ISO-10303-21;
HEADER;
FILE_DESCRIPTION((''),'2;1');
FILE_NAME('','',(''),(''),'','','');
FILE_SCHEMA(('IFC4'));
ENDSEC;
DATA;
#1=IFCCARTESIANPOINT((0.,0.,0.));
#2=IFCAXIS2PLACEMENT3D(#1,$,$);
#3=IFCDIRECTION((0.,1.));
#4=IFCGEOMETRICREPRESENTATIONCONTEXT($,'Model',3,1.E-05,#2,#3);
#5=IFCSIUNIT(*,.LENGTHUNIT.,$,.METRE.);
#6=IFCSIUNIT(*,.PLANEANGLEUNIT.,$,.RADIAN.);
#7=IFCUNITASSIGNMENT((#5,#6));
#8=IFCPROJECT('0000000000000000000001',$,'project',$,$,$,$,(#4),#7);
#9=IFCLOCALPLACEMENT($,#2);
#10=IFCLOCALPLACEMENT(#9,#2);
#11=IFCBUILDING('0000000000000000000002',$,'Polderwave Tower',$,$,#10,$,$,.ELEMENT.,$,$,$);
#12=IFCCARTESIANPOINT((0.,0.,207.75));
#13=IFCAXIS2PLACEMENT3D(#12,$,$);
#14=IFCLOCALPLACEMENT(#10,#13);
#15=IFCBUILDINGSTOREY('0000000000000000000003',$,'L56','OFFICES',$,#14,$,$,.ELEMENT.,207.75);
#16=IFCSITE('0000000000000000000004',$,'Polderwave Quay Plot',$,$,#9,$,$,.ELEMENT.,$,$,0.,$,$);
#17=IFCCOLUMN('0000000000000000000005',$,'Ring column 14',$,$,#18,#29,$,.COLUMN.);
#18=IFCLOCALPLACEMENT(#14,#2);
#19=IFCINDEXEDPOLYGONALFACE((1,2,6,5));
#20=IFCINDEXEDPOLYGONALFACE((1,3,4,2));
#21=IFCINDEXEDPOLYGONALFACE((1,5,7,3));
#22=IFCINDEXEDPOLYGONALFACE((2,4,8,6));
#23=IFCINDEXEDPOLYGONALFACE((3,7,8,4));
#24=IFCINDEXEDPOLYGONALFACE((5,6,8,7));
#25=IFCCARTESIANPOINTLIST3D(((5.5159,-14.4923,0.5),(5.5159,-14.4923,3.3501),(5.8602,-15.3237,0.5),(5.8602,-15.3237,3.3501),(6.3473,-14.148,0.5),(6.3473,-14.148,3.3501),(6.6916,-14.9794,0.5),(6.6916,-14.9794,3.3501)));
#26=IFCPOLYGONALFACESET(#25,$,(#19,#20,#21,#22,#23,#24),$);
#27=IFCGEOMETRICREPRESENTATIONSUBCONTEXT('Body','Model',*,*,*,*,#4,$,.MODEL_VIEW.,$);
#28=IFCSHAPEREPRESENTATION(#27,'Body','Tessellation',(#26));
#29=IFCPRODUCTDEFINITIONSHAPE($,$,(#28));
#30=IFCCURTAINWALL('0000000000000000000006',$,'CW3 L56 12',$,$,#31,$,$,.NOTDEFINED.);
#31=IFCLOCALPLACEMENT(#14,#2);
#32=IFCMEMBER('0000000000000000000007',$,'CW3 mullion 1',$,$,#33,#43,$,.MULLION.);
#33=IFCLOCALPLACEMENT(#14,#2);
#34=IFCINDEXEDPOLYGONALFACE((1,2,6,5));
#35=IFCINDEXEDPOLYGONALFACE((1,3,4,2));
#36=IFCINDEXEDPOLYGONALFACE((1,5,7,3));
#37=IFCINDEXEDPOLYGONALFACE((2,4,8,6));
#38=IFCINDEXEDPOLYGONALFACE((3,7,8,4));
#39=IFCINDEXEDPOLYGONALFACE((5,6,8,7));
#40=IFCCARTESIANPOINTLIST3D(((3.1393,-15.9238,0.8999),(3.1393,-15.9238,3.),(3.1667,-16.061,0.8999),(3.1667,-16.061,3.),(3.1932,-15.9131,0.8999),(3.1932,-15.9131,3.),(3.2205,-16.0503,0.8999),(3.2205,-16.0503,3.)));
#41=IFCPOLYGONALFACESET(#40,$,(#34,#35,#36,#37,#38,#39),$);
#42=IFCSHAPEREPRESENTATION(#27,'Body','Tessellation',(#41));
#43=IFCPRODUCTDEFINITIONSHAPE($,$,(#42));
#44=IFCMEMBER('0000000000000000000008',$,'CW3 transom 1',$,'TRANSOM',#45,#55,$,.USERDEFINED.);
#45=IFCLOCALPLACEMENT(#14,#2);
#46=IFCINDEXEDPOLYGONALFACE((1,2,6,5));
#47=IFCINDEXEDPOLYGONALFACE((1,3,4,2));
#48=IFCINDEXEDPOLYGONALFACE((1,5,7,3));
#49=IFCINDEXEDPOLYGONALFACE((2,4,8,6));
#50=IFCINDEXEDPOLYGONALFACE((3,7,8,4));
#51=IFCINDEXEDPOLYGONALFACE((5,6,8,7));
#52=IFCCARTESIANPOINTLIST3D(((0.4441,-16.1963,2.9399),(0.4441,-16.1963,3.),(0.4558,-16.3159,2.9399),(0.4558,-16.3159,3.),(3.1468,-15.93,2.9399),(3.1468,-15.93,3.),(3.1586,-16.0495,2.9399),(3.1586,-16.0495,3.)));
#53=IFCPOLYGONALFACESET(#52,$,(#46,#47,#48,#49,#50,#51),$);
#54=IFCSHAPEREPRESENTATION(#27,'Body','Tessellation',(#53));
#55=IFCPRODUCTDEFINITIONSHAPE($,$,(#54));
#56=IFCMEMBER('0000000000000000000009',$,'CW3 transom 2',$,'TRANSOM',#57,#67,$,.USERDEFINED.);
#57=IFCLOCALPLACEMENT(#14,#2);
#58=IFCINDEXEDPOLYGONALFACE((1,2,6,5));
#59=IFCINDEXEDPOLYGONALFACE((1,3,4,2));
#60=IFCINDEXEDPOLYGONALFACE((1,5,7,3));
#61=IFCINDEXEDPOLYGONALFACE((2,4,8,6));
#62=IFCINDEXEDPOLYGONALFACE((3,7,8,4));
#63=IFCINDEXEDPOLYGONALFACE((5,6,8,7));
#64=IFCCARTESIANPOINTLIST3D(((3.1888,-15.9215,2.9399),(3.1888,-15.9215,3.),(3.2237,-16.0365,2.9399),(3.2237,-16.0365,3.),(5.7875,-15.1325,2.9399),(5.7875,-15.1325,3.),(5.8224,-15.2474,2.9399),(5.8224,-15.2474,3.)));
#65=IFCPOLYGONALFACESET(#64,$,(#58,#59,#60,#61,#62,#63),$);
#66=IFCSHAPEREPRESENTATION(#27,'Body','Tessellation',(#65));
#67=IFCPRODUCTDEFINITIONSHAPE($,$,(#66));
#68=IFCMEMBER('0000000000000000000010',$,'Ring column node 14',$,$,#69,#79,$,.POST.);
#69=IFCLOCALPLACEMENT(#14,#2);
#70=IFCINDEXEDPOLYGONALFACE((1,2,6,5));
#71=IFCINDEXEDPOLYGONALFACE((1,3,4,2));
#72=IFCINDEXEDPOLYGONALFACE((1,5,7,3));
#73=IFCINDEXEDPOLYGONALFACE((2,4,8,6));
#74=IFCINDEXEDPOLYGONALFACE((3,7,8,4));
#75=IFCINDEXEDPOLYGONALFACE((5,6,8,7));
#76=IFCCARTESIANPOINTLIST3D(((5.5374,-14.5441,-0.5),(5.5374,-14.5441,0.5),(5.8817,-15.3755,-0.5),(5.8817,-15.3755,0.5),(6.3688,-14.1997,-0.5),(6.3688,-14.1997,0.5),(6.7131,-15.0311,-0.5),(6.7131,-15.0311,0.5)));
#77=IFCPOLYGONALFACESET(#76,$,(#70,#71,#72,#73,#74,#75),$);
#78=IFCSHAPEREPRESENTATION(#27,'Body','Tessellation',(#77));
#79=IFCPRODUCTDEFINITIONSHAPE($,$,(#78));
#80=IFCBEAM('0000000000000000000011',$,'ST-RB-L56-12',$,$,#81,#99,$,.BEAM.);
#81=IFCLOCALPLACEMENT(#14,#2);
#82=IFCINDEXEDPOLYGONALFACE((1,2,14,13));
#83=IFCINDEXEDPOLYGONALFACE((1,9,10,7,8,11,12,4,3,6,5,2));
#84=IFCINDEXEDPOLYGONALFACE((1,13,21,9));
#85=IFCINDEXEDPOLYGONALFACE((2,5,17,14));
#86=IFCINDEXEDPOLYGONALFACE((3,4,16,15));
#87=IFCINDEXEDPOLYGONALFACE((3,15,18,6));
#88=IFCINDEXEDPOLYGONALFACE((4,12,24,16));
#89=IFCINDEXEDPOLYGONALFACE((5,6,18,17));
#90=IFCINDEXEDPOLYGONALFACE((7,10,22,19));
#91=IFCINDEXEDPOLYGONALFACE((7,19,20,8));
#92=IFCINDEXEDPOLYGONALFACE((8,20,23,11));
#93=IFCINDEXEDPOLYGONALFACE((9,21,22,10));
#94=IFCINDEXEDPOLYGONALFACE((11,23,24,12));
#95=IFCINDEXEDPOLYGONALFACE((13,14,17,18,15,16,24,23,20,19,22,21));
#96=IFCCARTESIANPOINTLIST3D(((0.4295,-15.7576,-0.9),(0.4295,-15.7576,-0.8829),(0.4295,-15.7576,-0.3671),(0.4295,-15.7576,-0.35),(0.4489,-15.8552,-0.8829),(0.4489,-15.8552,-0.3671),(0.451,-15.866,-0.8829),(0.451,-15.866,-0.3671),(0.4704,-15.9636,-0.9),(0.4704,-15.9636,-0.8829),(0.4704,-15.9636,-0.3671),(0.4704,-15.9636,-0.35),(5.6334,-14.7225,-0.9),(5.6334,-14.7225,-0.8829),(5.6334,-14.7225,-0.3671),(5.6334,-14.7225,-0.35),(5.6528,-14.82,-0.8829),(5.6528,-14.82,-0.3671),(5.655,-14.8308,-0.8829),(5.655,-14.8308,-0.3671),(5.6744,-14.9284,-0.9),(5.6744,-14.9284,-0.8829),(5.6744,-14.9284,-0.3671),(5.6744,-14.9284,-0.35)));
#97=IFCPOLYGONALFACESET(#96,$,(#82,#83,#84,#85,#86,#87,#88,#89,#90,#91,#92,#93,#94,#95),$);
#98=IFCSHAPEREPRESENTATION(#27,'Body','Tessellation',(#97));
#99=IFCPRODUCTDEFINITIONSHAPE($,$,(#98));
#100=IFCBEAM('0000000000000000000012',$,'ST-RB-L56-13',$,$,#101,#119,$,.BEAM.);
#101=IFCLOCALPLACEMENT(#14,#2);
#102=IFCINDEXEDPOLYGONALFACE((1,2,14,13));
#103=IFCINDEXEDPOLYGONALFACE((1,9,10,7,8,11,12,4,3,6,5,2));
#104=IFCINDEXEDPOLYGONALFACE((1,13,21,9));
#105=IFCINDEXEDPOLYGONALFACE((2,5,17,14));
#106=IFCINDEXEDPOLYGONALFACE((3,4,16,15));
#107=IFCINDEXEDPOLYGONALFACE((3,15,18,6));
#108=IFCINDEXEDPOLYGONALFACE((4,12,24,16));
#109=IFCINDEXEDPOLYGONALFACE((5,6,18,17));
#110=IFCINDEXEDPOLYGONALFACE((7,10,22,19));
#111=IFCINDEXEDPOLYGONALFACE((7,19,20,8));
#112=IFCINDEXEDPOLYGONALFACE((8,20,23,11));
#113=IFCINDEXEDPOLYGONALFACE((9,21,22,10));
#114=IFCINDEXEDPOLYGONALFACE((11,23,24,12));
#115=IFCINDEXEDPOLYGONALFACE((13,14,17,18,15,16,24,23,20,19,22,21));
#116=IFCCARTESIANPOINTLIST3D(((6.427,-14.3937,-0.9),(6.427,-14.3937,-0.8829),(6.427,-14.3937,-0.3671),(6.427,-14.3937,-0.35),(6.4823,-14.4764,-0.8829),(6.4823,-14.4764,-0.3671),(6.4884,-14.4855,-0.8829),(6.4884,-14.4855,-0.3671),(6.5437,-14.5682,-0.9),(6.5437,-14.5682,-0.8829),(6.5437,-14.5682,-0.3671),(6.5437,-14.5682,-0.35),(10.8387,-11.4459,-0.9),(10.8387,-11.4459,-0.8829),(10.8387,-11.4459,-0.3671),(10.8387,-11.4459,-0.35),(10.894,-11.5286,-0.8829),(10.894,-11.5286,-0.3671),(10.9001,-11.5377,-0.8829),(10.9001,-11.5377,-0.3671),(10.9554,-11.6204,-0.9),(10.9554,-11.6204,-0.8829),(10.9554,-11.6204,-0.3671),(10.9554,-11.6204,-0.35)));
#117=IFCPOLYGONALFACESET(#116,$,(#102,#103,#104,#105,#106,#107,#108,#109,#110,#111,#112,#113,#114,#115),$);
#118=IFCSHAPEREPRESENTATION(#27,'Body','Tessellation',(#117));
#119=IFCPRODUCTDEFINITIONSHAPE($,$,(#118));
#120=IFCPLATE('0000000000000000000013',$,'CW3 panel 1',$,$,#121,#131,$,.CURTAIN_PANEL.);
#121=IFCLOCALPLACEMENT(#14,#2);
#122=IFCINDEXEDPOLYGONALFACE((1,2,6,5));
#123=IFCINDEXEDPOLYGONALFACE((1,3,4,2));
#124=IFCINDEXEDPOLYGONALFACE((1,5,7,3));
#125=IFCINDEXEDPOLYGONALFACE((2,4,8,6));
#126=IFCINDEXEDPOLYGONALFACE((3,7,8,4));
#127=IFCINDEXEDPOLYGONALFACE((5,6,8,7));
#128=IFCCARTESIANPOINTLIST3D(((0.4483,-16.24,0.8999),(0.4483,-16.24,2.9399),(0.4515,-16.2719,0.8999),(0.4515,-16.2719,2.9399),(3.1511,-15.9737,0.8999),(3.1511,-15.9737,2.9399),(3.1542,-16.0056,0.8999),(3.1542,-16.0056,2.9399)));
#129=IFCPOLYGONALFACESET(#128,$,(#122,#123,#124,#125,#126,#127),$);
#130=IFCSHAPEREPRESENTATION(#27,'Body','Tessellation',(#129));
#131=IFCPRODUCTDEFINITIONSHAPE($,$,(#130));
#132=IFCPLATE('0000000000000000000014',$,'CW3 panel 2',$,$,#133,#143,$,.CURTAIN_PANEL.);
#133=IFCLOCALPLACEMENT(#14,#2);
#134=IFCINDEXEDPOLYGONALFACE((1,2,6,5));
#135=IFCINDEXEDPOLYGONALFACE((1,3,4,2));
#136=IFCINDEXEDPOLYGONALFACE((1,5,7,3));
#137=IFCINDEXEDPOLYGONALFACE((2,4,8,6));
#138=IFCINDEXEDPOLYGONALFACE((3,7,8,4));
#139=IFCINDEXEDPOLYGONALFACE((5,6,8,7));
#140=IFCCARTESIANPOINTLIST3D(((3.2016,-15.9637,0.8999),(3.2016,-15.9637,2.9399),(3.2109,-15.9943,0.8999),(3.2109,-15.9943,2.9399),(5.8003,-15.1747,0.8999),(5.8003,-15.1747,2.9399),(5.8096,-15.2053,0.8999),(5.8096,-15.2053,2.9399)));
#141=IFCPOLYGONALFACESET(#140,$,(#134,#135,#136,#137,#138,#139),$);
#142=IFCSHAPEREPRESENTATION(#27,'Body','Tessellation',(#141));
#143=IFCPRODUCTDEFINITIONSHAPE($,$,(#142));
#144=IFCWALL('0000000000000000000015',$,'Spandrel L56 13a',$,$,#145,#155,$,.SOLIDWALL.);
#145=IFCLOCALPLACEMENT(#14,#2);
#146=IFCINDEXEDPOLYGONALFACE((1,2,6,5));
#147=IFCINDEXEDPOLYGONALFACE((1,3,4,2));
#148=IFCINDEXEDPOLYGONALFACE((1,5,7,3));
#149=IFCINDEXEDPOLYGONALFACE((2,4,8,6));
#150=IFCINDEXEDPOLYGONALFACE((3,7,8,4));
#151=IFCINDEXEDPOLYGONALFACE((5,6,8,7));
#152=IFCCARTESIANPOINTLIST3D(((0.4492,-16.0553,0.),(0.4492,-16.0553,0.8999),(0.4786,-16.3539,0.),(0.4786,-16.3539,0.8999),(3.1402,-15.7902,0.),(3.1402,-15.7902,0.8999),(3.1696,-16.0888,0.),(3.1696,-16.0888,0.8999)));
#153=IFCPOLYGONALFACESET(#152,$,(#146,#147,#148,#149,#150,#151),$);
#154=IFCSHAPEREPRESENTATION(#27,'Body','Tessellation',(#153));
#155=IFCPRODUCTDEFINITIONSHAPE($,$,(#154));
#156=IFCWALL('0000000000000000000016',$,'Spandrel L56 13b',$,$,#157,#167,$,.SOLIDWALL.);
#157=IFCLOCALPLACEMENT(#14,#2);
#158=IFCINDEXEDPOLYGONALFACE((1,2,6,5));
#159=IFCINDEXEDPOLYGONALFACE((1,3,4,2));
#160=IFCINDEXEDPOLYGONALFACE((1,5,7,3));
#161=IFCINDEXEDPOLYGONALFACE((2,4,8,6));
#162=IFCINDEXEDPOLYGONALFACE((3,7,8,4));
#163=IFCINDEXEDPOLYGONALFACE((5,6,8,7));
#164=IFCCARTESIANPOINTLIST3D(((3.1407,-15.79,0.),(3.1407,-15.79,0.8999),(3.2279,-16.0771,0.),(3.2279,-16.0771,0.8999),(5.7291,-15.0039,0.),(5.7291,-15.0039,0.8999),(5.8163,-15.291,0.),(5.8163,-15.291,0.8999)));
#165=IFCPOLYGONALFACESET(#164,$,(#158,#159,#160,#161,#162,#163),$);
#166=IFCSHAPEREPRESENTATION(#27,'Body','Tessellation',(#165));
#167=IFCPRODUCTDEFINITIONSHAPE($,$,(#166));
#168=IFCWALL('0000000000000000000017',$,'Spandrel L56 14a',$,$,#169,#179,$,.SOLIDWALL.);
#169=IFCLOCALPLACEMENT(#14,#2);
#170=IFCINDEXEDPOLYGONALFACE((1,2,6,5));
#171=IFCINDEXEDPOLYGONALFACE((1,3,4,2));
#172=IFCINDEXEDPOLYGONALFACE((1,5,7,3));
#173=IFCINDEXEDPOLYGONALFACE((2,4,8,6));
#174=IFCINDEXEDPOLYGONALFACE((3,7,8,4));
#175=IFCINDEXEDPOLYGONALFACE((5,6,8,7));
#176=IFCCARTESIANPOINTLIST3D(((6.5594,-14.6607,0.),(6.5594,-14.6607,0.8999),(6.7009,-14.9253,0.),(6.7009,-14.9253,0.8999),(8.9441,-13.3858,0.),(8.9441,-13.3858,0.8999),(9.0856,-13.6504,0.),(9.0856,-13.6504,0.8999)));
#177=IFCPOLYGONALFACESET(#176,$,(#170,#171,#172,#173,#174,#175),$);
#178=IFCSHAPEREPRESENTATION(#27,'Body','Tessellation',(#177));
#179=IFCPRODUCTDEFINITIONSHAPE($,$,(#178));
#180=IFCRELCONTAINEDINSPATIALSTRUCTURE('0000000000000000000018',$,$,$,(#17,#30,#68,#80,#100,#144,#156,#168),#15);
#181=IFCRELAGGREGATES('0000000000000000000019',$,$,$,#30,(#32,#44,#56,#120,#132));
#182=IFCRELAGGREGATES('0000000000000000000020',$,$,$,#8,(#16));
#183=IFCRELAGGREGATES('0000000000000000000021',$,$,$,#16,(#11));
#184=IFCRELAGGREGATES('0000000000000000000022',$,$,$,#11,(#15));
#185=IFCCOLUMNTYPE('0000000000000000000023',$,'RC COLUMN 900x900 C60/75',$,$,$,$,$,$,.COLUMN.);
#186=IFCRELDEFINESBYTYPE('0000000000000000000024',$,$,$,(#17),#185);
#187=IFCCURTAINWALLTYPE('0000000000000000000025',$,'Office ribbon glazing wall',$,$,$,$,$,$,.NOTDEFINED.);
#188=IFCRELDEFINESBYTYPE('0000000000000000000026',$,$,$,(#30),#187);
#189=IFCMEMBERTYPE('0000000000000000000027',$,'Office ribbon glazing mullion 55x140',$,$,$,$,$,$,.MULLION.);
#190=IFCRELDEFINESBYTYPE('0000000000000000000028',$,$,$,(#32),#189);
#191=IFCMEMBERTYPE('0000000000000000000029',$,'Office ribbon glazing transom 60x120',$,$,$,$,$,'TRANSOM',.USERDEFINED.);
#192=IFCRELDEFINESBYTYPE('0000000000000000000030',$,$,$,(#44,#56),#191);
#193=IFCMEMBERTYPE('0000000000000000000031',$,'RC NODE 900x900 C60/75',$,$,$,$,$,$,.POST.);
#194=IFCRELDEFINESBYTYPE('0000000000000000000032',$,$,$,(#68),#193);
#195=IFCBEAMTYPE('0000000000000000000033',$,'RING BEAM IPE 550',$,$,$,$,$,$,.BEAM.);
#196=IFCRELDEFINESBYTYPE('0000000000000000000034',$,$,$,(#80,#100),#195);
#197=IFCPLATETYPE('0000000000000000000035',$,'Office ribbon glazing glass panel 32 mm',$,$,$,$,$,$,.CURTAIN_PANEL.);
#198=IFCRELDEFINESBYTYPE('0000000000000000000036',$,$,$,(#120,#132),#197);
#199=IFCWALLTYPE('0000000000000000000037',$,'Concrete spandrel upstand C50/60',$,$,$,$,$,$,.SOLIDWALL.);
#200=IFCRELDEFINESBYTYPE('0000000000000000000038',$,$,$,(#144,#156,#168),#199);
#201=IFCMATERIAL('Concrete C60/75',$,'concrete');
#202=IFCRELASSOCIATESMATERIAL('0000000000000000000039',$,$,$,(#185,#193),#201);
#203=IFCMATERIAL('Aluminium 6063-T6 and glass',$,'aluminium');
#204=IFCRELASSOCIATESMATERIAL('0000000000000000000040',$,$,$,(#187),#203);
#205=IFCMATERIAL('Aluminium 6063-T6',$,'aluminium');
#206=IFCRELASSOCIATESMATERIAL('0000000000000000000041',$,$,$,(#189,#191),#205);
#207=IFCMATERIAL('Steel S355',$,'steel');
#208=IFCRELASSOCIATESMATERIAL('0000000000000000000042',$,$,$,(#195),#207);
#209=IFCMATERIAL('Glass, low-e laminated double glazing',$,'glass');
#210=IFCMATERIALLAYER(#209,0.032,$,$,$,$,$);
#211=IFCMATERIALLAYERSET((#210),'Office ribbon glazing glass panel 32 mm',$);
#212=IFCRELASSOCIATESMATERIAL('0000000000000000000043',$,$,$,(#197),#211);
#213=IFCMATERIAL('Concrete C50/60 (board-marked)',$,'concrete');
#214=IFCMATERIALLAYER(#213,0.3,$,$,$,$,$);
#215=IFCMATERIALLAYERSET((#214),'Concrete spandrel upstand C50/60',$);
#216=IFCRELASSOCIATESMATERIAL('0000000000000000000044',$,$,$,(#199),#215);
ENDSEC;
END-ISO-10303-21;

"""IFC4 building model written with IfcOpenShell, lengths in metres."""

from ifc_helpers import new_model, si_unit, direction, frame, frame_2d, origin, origin_2d, place, context, subcontext, project, spatial, rectangle, i_section, extrude, material, layer, layer_set, material_profile, profile_set, type_object, element, aggregate, save


model = new_model("IFC4")

# Units and contexts
model_context = context("Model", 3, precision=1e-05, world=origin(), true_north=direction((0.0, 1.0)))
body_context = subcontext(model_context, "Body", "Model", "MODEL_VIEW")
ifc_project = project(units=[si_unit("LENGTHUNIT", "METRE"), si_unit("PLANEANGLEUNIT", "RADIAN")], contexts=[model_context])

# Site, building, storey
site_placement = place(None, origin())
site = spatial("IfcSite", under=ifc_project, at=site_placement, Name="Polderwave Quay Plot", CompositionType="ELEMENT", RefElevation=0.0)
building_placement = place(site_placement, origin())
building = spatial("IfcBuilding", under=site, at=building_placement, Name="Polderwave Tower", CompositionType="ELEMENT")
storey_placement = place(building_placement, frame((0.0, 0.0, 207.75)))
storey = spatial("IfcBuildingStorey", under=building, at=storey_placement, Name="L56", Description="OFFICES", CompositionType="ELEMENT", Elevation=207.75)

# Column
ifc_material_1 = material(Name="Concrete C60/75", Category="concrete")
ifc_material_profile_1 = material_profile(ifc_material_1, rectangle(XDim=0.8999, YDim=0.8999, at=origin_2d()), Name="RC 900x900")
ifc_profile_set_1 = profile_set([ifc_material_profile_1], Name="Concrete C60/75")
column_type = type_object("IfcColumnType", Name="RC COLUMN 900x900 C60/75", PredefinedType="COLUMN", material=ifc_profile_set_1)
column_placement = place(storey_placement, frame((6.1038, -14.7358, 0.5), z_axis=(0.0, 0.0, 1.0), x_axis=(0.382683, -0.92388, 0.0)))
element("IfcColumn", 1, at=column_placement, inside=storey, type_object=column_type, Name="Ring column 14", PredefinedType="COLUMN", context=body_context, shape_type="SweptSolid", body=[
    extrude(rectangle(XDim=0.8999, YDim=0.8999, at=origin_2d()), origin(), (0.0, 0.0, 1.0), 2.8501),
])

# Curtain wall, members
ifc_material_2 = material(Name="Aluminium 6063-T6 and glass", Category="aluminium")
curtain_wall_type = type_object("IfcCurtainWallType", Name="Office ribbon glazing wall", PredefinedType="NOTDEFINED", material=ifc_material_2)
curtain_wall_placement = place(storey_placement, origin())
curtain_wall = element("IfcCurtainWall", 2, at=curtain_wall_placement, inside=storey, type_object=curtain_wall_type, Name="CW3 L56 12", PredefinedType="NOTDEFINED")
ifc_material_3 = material(Name="Aluminium 6063-T6", Category="aluminium")
ifc_material_profile_2 = material_profile(ifc_material_3, rectangle(XDim=0.1399, YDim=0.0549, at=origin_2d()), Name="AL 55x140")
ifc_profile_set_2 = profile_set([ifc_material_profile_2], Name="Aluminium 6063-T6")
member_type_1 = type_object("IfcMemberType", Name="Office ribbon glazing mullion 55x140", PredefinedType="MULLION", material=ifc_profile_set_2)
member_1_placement = place(storey_placement, frame((3.1799, -15.9871, 0.8999), z_axis=(0.0, 0.0, 1.0), x_axis=(-0.195234, 0.980757, 0.0)))
member_1 = element("IfcMember", 3, at=member_1_placement, type_object=member_type_1, Name="CW3 mullion 1", PredefinedType="MULLION", context=body_context, shape_type="SweptSolid", body=[
    extrude(rectangle(XDim=0.1399, YDim=0.0549, at=origin_2d()), origin(), (0.0, 0.0, 1.0), 2.1001),
])
ifc_material_profile_3 = material_profile(ifc_material_3, rectangle(XDim=0.1201, YDim=0.0601, at=origin_2d()), Name="AL 60x120")
ifc_profile_set_3 = profile_set([ifc_material_profile_3], Name="Aluminium 6063-T6")
member_type_2 = type_object("IfcMemberType", Name="Office ribbon glazing transom 60x120", ElementType="TRANSOM", PredefinedType="USERDEFINED", material=ifc_profile_set_3)
member_2_placement = place(storey_placement, frame((0.45, -16.2561, 2.97), z_axis=(0.995179, 0.098079, 0.0), x_axis=(-0.098079, 0.995179, 0.0)))
member_2 = element("IfcMember", 4, at=member_2_placement, type_object=member_type_2, Name="CW3 transom 1", ObjectType="TRANSOM", PredefinedType="USERDEFINED", context=body_context, shape_type="SweptSolid", body=[
    extrude(rectangle(XDim=0.1201, YDim=0.0601, at=origin_2d()), origin(), (0.0, 0.0, 1.0), 2.7158),
])
member_3_placement = place(storey_placement, frame((3.2063, -15.979, 2.97), z_axis=(0.956861, 0.290546, 0.0), x_axis=(-0.290546, 0.956861, 0.0)))
member_3 = element("IfcMember", 5, at=member_3_placement, type_object=member_type_2, Name="CW3 transom 2", ObjectType="TRANSOM", PredefinedType="USERDEFINED", context=body_context, shape_type="SweptSolid", body=[
    extrude(rectangle(XDim=0.1201, YDim=0.0601, at=origin_2d()), origin(), (0.0, 0.0, 1.0), 2.7158),
])

# Member
ifc_material_profile_4 = material_profile(ifc_material_1, rectangle(XDim=0.8999, YDim=0.8999, at=origin_2d()), Name="RC 900x900")
ifc_profile_set_4 = profile_set([ifc_material_profile_4], Name="Concrete C60/75")
member_type_3 = type_object("IfcMemberType", Name="RC NODE 900x900 C60/75", PredefinedType="POST", material=ifc_profile_set_4)
member_4_placement = place(storey_placement, frame((6.1252, -14.7876, -0.5), z_axis=(0.0, 0.0, 1.0), x_axis=(0.382683, -0.92388, 0.0)))
element("IfcMember", 6, at=member_4_placement, inside=storey, type_object=member_type_3, Name="Ring column node 14", PredefinedType="POST", context=body_context, shape_type="SweptSolid", body=[
    extrude(rectangle(XDim=0.8999, YDim=0.8999, at=origin_2d()), origin(), (0.0, 0.0, 1.0), 1.0),
])

# Beams
ifc_material_4 = material(Name="Steel S355", Category="steel")
ifc_material_profile_5 = material_profile(ifc_material_4, i_section(OverallWidth=0.21, OverallDepth=0.55, WebThickness=0.011, FlangeThickness=0.0171, at=origin_2d()), Name="IPE 550")
ifc_profile_set_5 = profile_set([ifc_material_profile_5], Name="Steel S355")
beam_type = type_object("IfcBeamType", Name="RING BEAM IPE 550", PredefinedType="BEAM", material=ifc_profile_set_5)
for number, where, z_axis, x_axis, name in (
    (7, (0.45, -15.8606, -0.625), (0.980784, 0.195098, 0.0), (-0.195098, 0.980784, 0.0), "ST-RB-L56-12"),
    (8, (6.4854, -14.481, -0.625), (0.831469, 0.555571, 0.0), (-0.555571, 0.831469, 0.0), "ST-RB-L56-13"),
):
    element("IfcBeam", number, at=place(storey_placement, frame(where, z_axis=z_axis, x_axis=x_axis)), inside=storey, type_object=beam_type, Name=name, PredefinedType="BEAM", context=body_context, shape_type="SweptSolid", body=[
        extrude(i_section(OverallWidth=0.21, OverallDepth=0.55, WebThickness=0.011, FlangeThickness=0.0171, at=origin_2d()), origin(), (0.0, 0.0, 1.0), 5.3059),
    ])

# Plates
ifc_material_5 = material(Name="Glass, low-e laminated double glazing", Category="glass")
ifc_layer_1 = layer(ifc_material_5, 0.032)
ifc_layer_set_1 = layer_set([ifc_layer_1], Name="Office ribbon glazing glass panel 32 mm")
plate_type = type_object("IfcPlateType", Name="Office ribbon glazing glass panel 32 mm", PredefinedType="CURTAIN_PANEL", material=ifc_layer_set_1)
plate_1_placement = place(storey_placement, frame((1.8013, -16.1228, 0.8999), z_axis=(0.0, 0.0, 1.0), x_axis=(0.99518, 0.098061, 0.0)))
plate_1 = element("IfcPlate", 9, at=plate_1_placement, type_object=plate_type, Name="CW3 panel 1", PredefinedType="CURTAIN_PANEL", context=body_context, shape_type="SweptSolid", body=[
    extrude(rectangle(XDim=2.7158, YDim=0.032, at=origin_2d()), origin(), (0.0, 0.0, 1.0), 2.04),
])
plate_2_placement = place(storey_placement, frame((4.5056, -15.5845, 0.8999), z_axis=(0.0, 0.0, 1.0), x_axis=(0.956868, 0.290524, 0.0)))
plate_2 = element("IfcPlate", 10, at=plate_2_placement, type_object=plate_type, Name="CW3 panel 2", PredefinedType="CURTAIN_PANEL", context=body_context, shape_type="SweptSolid", body=[
    extrude(rectangle(XDim=2.7158, YDim=0.032, at=origin_2d()), origin(), (0.0, 0.0, 1.0), 2.04),
])
aggregate(curtain_wall, [member_1, member_2, member_3, plate_1, plate_2])

# Walls
ifc_material_6 = material(Name="Concrete C50/60 (board-marked)", Category="concrete")
ifc_layer_2 = layer(ifc_material_6, 0.3)
ifc_layer_set_2 = layer_set([ifc_layer_2], Name="Concrete spandrel upstand C50/60")
wall_type_1 = type_object("IfcWallType", Name="Concrete spandrel upstand C50/60", PredefinedType="SOLIDWALL", material=ifc_layer_set_2)
wall_1_placement = place(storey_placement, frame((0.4639, -16.2046, 0.0), z_axis=(0.0, 0.0, 1.0), x_axis=(0.995182, 0.098047, 0.0)))
element("IfcWall", 11, at=wall_1_placement, inside=storey, type_object=wall_type_1, Name="Spandrel L56 13a", PredefinedType="SOLIDWALL", context=body_context, shape_type="SweptSolid", body=[
    extrude(rectangle(XDim=2.7041, YDim=0.3, at=frame_2d((1.3521, 0.0))), origin(), (0.0, 0.0, 1.0), 0.8999),
])
wall_2_placement = place(storey_placement, frame((3.1843, -15.9336, 0.0), z_axis=(0.0, 0.0, 1.0), x_axis=(0.956842, 0.290609, 0.0)))
element("IfcWall", 12, at=wall_2_placement, inside=storey, type_object=wall_type_1, Name="Spandrel L56 13b", PredefinedType="SOLIDWALL", context=body_context, shape_type="SweptSolid", body=[
    extrude(rectangle(XDim=2.7051, YDim=0.3, at=frame_2d((1.3525, 0.0))), origin(), (0.0, 0.0, 1.0), 0.8999),
])
wall_3_placement = place(storey_placement, frame((6.6301, -14.793, 0.0), z_axis=(0.0, 0.0, 1.0), x_axis=(0.881888, 0.47146, 0.0)))
element("IfcWall", 13, at=wall_3_placement, inside=storey, type_object=wall_type_1, Name="Spandrel L56 14a", PredefinedType="SOLIDWALL", context=body_context, shape_type="SweptSolid", body=[
    extrude(rectangle(XDim=2.7041, YDim=0.3, at=frame_2d((1.3521, 0.0))), origin(), (0.0, 0.0, 1.0), 0.8999),
])

save(model, "model.ifc")
